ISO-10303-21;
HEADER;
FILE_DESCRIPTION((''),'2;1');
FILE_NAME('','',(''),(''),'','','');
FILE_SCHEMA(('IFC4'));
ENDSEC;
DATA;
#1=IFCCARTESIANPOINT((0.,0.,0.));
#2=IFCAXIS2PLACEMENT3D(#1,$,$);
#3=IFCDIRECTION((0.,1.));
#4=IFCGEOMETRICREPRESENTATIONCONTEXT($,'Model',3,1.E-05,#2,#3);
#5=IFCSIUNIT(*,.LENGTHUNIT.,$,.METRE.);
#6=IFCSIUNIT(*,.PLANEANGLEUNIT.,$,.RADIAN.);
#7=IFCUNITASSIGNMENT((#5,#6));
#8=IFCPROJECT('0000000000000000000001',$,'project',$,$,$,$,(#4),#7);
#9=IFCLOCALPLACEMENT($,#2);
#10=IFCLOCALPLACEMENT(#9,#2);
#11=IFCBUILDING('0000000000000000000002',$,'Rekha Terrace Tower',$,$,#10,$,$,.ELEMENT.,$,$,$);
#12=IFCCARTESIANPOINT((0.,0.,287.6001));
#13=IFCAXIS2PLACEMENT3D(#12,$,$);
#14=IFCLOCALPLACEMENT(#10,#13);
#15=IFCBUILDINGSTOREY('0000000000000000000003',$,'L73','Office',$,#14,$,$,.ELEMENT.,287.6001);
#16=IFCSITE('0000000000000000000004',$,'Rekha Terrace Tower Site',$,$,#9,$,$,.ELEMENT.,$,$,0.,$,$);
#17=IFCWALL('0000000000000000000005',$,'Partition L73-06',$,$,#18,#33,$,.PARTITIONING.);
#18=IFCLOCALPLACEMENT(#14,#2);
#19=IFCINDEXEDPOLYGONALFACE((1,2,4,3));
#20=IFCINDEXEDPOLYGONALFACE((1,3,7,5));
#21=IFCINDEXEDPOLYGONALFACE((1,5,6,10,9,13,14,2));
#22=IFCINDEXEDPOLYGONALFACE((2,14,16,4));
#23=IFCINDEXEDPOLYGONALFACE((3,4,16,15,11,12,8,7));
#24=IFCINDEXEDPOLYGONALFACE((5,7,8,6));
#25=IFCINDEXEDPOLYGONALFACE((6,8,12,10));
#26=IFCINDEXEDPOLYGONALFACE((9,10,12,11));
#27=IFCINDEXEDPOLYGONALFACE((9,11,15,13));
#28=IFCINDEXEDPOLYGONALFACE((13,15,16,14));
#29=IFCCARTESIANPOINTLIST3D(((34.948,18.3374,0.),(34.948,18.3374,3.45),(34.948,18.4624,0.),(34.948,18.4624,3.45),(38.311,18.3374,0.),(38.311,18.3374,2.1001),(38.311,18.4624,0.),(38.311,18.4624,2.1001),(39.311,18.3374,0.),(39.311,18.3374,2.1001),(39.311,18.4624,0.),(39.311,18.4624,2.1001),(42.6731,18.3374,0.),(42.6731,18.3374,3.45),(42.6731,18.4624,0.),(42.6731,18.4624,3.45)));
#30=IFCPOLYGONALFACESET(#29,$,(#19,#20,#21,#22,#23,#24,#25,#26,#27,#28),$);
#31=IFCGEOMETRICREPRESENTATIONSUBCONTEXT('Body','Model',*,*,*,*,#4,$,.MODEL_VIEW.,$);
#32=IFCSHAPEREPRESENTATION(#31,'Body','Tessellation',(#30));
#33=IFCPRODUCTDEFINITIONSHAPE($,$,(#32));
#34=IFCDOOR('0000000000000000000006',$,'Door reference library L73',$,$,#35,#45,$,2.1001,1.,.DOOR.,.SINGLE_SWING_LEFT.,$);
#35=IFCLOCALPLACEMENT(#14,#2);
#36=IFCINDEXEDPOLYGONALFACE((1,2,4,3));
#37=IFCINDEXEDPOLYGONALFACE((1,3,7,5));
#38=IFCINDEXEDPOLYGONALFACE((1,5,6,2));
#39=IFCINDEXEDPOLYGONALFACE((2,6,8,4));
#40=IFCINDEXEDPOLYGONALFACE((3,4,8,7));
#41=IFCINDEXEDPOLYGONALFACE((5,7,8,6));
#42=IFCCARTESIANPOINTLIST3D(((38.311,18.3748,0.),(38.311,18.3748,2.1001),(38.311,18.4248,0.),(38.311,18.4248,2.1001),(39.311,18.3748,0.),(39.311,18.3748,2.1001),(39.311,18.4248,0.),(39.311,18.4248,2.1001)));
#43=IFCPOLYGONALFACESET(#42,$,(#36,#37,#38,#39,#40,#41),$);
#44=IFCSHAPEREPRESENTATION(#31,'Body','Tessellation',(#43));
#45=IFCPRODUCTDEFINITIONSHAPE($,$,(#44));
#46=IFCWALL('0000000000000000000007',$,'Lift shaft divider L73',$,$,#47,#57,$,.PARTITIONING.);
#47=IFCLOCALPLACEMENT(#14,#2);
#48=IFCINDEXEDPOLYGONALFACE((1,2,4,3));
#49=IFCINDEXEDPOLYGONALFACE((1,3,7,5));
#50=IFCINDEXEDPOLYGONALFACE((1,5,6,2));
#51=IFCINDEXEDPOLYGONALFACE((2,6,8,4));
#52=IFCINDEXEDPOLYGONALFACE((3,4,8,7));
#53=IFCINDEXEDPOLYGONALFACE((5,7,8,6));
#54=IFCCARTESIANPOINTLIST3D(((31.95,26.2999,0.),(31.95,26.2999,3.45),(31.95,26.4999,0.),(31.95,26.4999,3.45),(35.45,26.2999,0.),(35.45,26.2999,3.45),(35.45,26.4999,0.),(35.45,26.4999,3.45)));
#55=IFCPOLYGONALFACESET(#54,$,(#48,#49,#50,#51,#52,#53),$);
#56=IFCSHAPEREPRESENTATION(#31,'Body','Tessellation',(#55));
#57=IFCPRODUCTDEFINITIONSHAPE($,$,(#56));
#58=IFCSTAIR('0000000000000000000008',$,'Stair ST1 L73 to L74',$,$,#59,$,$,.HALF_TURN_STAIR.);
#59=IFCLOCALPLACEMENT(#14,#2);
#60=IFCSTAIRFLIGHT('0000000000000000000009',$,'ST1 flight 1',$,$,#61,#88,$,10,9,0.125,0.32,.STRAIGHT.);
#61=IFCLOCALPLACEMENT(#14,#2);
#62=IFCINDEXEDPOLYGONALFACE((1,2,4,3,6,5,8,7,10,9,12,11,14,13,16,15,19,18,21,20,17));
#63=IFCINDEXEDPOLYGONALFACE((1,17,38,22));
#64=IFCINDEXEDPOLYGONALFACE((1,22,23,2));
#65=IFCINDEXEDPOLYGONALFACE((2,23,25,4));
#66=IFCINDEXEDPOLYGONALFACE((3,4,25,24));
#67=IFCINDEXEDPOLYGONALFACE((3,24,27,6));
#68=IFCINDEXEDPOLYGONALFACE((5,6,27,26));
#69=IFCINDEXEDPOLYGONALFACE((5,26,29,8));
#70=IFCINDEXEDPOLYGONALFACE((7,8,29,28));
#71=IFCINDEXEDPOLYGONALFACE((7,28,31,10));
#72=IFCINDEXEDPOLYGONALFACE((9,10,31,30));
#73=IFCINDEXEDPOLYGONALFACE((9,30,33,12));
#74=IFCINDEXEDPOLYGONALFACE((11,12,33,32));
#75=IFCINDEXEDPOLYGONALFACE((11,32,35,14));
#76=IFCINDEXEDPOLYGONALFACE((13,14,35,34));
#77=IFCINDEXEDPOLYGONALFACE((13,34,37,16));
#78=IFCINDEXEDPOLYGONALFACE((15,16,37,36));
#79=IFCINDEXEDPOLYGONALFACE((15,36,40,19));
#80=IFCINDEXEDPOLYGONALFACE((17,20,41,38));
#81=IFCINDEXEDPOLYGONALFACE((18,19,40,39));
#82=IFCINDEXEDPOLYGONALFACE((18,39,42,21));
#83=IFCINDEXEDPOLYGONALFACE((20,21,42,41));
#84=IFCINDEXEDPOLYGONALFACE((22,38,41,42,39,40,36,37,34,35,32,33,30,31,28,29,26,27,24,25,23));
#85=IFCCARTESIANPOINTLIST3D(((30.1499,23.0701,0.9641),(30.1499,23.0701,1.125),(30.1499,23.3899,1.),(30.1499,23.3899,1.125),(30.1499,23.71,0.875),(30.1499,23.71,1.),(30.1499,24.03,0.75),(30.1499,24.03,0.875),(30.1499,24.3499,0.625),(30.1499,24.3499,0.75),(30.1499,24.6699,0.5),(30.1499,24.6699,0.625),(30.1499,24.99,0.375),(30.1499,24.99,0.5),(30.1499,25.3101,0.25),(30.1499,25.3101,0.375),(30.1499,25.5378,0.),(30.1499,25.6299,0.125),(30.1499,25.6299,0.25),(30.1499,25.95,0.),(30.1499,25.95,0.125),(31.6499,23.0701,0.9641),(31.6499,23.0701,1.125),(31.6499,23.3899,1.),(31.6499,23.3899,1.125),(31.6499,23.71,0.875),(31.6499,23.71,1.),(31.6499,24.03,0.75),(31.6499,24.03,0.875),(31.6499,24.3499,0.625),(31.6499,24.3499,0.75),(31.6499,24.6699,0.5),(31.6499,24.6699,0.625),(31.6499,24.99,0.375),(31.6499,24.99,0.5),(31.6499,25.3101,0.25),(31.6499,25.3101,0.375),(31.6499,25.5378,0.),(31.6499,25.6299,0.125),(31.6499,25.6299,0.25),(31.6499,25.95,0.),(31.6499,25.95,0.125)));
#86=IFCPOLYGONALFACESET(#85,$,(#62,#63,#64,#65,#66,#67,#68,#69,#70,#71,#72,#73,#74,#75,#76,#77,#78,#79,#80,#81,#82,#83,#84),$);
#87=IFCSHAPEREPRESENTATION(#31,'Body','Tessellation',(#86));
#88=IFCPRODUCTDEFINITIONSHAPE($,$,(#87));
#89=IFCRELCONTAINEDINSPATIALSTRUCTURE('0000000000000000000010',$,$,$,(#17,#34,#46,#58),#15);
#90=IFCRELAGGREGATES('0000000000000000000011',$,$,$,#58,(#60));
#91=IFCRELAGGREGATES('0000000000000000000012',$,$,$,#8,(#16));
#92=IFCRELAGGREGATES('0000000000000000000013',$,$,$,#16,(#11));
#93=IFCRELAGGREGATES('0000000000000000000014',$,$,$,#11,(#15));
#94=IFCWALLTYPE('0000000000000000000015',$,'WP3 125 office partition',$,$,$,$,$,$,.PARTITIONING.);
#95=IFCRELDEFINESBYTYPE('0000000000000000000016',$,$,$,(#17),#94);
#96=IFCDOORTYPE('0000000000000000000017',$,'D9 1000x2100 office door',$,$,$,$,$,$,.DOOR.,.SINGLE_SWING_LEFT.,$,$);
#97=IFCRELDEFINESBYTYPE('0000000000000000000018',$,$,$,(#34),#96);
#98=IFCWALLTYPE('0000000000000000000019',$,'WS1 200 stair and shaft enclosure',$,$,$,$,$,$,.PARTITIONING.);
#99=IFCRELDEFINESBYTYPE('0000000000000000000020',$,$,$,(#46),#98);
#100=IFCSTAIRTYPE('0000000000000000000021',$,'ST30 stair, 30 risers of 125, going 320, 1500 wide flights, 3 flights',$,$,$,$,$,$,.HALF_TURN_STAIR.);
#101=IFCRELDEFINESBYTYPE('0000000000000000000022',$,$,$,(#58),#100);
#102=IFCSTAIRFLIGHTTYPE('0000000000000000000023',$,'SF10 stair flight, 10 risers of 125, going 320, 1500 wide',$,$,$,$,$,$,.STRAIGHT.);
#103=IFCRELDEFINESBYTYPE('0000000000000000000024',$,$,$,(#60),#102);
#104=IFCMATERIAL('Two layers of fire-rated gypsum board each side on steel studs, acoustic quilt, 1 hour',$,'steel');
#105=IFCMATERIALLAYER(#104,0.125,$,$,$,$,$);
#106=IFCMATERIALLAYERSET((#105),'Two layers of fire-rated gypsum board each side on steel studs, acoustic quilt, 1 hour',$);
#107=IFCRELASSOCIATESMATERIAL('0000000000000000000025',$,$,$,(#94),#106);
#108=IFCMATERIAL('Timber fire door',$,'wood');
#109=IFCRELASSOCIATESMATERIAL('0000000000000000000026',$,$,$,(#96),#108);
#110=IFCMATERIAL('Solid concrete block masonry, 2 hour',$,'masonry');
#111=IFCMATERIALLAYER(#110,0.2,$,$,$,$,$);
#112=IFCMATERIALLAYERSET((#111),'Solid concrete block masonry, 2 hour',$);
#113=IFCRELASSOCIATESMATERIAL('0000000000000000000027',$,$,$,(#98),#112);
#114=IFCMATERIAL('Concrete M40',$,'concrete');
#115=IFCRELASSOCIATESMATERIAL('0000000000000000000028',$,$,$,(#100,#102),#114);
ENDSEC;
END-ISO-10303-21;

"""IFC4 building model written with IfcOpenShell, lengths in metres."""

from ifc_helpers import new_model, si_unit, direction, frame, frame_2d, origin, place, context, subcontext, project, spatial, polyline, rectangle, outline, extrude, material, layer, layer_set, type_object, element, fill, aggregate, save


model = new_model("IFC4")

# Units and contexts
model_context = context("Model", 3, precision=1e-05, world=origin(), true_north=direction((0.0, 1.0)))
body_context = subcontext(model_context, "Body", "Model", "MODEL_VIEW")
ifc_project = project(units=[si_unit("LENGTHUNIT", "METRE"), si_unit("PLANEANGLEUNIT", "RADIAN")], contexts=[model_context])

# Site, building, storey
site_placement = place(None, origin())
site = spatial("IfcSite", under=ifc_project, at=site_placement, Name="Rekha Terrace Tower Site", CompositionType="ELEMENT", RefElevation=0.0)
building_placement = place(site_placement, origin())
building = spatial("IfcBuilding", under=site, at=building_placement, Name="Rekha Terrace Tower", CompositionType="ELEMENT")
storey_placement = place(building_placement, frame((0.0, 0.0, 287.6001)))
storey = spatial("IfcBuildingStorey", under=building, at=storey_placement, Name="L73", Description="Office", CompositionType="ELEMENT", Elevation=287.6001)

# Shared definitions
ifc_material_1 = material(Name="Two layers of fire-rated gypsum board each side on steel studs, acoustic quilt, 1 hour", Category="steel")
ifc_layer_1 = layer(ifc_material_1, 0.125)
ifc_layer_set_1 = layer_set([ifc_layer_1], Name="Two layers of fire-rated gypsum board each side on steel studs, acoustic quilt, 1 hour")
wall_type_1 = type_object("IfcWallType", Name="WP3 125 office partition", PredefinedType="PARTITIONING", material=ifc_layer_set_1)

# Wall, opening, door
wall_1_placement = place(storey_placement, frame((34.948, 18.3999, 0.0), z_axis=(0.0, 0.0, 1.0), x_axis=(1.0, 0.0, 0.0)))
wall_1 = element("IfcWall", 1, at=wall_1_placement, inside=storey, type_object=wall_type_1, Name="Partition L73-06", PredefinedType="PARTITIONING", context=body_context, shape_type="SweptSolid", body=[
    extrude(rectangle(XDim=7.7251, YDim=0.125, at=frame_2d((3.8625, 0.0))), origin(), (0.0, 0.0, 1.0), 3.45),
])
opening_1_placement = place(wall_1_placement, frame((3.363, 0.0, 0.0)))
opening_1 = element("IfcOpeningElement", 2, at=opening_1_placement, cuts=wall_1, PredefinedType="OPENING", context=body_context, shape_type="SweptSolid", body=[
    extrude(rectangle(XDim=1.0, YDim=2.1001, at=frame_2d((0.5, 1.05))), frame((0.0, 0.0725, 0.0), z_axis=(0.0, -1.0, 0.0), x_axis=(1.0, 0.0, 0.0)), (0.0, 0.0, 1.0), 0.145),
])
ifc_material_2 = material(Name="Timber fire door", Category="wood")
door_type_1 = type_object("IfcDoorType", Name="D9 1000x2100 office door", OperationType="SINGLE_SWING_LEFT", PredefinedType="DOOR", material=ifc_material_2)
door_1_placement = place(opening_1_placement, origin())
door_1 = element("IfcDoor", 3, at=door_1_placement, inside=storey, type_object=door_type_1, Name="Door reference library L73", OperationType="SINGLE_SWING_LEFT", OverallHeight=2.1001, OverallWidth=1.0, PredefinedType="DOOR", context=body_context, shape_type="SweptSolid", body=[
    extrude(rectangle(XDim=1.0, YDim=2.1001, at=frame_2d((0.5, 1.05))), frame((0.0, 0.0249, 0.0), z_axis=(0.0, -1.0, 0.0), x_axis=(1.0, 0.0, 0.0)), (0.0, 0.0, 1.0), 0.05),
])
fill(opening_1, door_1)

# Wall
ifc_material_3 = material(Name="Solid concrete block masonry, 2 hour", Category="masonry")
ifc_layer_2 = layer(ifc_material_3, 0.2)
ifc_layer_set_2 = layer_set([ifc_layer_2], Name="Solid concrete block masonry, 2 hour")
wall_type_2 = type_object("IfcWallType", Name="WS1 200 stair and shaft enclosure", PredefinedType="PARTITIONING", material=ifc_layer_set_2)
wall_2_placement = place(storey_placement, frame((31.95, 26.3999, 0.0), z_axis=(0.0, 0.0, 1.0), x_axis=(1.0, 0.0, 0.0)))
element("IfcWall", 4, at=wall_2_placement, inside=storey, type_object=wall_type_2, Name="Lift shaft divider L73", PredefinedType="PARTITIONING", context=body_context, shape_type="SweptSolid", body=[
    extrude(rectangle(XDim=3.5, YDim=0.2, at=frame_2d((1.75, 0.0))), origin(), (0.0, 0.0, 1.0), 3.45),
])

# Stair, stair flight
ifc_material_4 = material(Name="Concrete M40", Category="concrete")
stair_type = type_object("IfcStairType", Name="ST30 stair, 30 risers of 125, going 320, 1500 wide flights, 3 flights", PredefinedType="HALF_TURN_STAIR", material=ifc_material_4)
stair_placement = place(storey_placement, origin())
stair = element("IfcStair", 5, at=stair_placement, inside=storey, type_object=stair_type, Name="Stair ST1 L73 to L74", PredefinedType="HALF_TURN_STAIR")
stair_flight_type = type_object("IfcStairFlightType", Name="SF10 stair flight, 10 risers of 125, going 320, 1500 wide", PredefinedType="STRAIGHT", material=ifc_material_4)
stair_flight_placement = place(storey_placement, frame((30.8999, 25.95, 0.0), z_axis=(0.0, 0.0, 1.0), x_axis=(0.0, -1.0, 0.0)))
stair_flight = element("IfcStairFlight", 6, at=stair_flight_placement, type_object=stair_flight_type, Name="ST1 flight 1", NumberOfRisers=10, NumberOfTreads=9, PredefinedType="STRAIGHT", RiserHeight=0.125, TreadLength=0.32, context=body_context, shape_type="SweptSolid", body=[
    extrude(outline(polyline([(0.0, 0.0), (0.0, 0.125), (0.3201, 0.125), (0.3201, 0.25), (0.6399, 0.25), (0.6399, 0.375), (0.96, 0.375), (0.96, 0.5), (1.28, 0.5), (1.28, 0.625), (1.6001, 0.625), (1.6001, 0.75), (1.9199, 0.75), (1.9199, 0.875), (2.24, 0.875), (2.24, 1.0), (2.5601, 1.0), (2.5601, 1.125), (2.8799, 1.125), (2.8799, 1.25), (2.8799, 0.9641), (0.4121, 0.0), (0.0, 0.0)])), frame((0.0, 0.75, 0.0), z_axis=(0.0, -1.0, 0.0), x_axis=(1.0, 0.0, 0.0)), (0.0, 0.0, 1.0), 1.5),
])
aggregate(stair, [stair_flight])

save(model, "model.ifc")
